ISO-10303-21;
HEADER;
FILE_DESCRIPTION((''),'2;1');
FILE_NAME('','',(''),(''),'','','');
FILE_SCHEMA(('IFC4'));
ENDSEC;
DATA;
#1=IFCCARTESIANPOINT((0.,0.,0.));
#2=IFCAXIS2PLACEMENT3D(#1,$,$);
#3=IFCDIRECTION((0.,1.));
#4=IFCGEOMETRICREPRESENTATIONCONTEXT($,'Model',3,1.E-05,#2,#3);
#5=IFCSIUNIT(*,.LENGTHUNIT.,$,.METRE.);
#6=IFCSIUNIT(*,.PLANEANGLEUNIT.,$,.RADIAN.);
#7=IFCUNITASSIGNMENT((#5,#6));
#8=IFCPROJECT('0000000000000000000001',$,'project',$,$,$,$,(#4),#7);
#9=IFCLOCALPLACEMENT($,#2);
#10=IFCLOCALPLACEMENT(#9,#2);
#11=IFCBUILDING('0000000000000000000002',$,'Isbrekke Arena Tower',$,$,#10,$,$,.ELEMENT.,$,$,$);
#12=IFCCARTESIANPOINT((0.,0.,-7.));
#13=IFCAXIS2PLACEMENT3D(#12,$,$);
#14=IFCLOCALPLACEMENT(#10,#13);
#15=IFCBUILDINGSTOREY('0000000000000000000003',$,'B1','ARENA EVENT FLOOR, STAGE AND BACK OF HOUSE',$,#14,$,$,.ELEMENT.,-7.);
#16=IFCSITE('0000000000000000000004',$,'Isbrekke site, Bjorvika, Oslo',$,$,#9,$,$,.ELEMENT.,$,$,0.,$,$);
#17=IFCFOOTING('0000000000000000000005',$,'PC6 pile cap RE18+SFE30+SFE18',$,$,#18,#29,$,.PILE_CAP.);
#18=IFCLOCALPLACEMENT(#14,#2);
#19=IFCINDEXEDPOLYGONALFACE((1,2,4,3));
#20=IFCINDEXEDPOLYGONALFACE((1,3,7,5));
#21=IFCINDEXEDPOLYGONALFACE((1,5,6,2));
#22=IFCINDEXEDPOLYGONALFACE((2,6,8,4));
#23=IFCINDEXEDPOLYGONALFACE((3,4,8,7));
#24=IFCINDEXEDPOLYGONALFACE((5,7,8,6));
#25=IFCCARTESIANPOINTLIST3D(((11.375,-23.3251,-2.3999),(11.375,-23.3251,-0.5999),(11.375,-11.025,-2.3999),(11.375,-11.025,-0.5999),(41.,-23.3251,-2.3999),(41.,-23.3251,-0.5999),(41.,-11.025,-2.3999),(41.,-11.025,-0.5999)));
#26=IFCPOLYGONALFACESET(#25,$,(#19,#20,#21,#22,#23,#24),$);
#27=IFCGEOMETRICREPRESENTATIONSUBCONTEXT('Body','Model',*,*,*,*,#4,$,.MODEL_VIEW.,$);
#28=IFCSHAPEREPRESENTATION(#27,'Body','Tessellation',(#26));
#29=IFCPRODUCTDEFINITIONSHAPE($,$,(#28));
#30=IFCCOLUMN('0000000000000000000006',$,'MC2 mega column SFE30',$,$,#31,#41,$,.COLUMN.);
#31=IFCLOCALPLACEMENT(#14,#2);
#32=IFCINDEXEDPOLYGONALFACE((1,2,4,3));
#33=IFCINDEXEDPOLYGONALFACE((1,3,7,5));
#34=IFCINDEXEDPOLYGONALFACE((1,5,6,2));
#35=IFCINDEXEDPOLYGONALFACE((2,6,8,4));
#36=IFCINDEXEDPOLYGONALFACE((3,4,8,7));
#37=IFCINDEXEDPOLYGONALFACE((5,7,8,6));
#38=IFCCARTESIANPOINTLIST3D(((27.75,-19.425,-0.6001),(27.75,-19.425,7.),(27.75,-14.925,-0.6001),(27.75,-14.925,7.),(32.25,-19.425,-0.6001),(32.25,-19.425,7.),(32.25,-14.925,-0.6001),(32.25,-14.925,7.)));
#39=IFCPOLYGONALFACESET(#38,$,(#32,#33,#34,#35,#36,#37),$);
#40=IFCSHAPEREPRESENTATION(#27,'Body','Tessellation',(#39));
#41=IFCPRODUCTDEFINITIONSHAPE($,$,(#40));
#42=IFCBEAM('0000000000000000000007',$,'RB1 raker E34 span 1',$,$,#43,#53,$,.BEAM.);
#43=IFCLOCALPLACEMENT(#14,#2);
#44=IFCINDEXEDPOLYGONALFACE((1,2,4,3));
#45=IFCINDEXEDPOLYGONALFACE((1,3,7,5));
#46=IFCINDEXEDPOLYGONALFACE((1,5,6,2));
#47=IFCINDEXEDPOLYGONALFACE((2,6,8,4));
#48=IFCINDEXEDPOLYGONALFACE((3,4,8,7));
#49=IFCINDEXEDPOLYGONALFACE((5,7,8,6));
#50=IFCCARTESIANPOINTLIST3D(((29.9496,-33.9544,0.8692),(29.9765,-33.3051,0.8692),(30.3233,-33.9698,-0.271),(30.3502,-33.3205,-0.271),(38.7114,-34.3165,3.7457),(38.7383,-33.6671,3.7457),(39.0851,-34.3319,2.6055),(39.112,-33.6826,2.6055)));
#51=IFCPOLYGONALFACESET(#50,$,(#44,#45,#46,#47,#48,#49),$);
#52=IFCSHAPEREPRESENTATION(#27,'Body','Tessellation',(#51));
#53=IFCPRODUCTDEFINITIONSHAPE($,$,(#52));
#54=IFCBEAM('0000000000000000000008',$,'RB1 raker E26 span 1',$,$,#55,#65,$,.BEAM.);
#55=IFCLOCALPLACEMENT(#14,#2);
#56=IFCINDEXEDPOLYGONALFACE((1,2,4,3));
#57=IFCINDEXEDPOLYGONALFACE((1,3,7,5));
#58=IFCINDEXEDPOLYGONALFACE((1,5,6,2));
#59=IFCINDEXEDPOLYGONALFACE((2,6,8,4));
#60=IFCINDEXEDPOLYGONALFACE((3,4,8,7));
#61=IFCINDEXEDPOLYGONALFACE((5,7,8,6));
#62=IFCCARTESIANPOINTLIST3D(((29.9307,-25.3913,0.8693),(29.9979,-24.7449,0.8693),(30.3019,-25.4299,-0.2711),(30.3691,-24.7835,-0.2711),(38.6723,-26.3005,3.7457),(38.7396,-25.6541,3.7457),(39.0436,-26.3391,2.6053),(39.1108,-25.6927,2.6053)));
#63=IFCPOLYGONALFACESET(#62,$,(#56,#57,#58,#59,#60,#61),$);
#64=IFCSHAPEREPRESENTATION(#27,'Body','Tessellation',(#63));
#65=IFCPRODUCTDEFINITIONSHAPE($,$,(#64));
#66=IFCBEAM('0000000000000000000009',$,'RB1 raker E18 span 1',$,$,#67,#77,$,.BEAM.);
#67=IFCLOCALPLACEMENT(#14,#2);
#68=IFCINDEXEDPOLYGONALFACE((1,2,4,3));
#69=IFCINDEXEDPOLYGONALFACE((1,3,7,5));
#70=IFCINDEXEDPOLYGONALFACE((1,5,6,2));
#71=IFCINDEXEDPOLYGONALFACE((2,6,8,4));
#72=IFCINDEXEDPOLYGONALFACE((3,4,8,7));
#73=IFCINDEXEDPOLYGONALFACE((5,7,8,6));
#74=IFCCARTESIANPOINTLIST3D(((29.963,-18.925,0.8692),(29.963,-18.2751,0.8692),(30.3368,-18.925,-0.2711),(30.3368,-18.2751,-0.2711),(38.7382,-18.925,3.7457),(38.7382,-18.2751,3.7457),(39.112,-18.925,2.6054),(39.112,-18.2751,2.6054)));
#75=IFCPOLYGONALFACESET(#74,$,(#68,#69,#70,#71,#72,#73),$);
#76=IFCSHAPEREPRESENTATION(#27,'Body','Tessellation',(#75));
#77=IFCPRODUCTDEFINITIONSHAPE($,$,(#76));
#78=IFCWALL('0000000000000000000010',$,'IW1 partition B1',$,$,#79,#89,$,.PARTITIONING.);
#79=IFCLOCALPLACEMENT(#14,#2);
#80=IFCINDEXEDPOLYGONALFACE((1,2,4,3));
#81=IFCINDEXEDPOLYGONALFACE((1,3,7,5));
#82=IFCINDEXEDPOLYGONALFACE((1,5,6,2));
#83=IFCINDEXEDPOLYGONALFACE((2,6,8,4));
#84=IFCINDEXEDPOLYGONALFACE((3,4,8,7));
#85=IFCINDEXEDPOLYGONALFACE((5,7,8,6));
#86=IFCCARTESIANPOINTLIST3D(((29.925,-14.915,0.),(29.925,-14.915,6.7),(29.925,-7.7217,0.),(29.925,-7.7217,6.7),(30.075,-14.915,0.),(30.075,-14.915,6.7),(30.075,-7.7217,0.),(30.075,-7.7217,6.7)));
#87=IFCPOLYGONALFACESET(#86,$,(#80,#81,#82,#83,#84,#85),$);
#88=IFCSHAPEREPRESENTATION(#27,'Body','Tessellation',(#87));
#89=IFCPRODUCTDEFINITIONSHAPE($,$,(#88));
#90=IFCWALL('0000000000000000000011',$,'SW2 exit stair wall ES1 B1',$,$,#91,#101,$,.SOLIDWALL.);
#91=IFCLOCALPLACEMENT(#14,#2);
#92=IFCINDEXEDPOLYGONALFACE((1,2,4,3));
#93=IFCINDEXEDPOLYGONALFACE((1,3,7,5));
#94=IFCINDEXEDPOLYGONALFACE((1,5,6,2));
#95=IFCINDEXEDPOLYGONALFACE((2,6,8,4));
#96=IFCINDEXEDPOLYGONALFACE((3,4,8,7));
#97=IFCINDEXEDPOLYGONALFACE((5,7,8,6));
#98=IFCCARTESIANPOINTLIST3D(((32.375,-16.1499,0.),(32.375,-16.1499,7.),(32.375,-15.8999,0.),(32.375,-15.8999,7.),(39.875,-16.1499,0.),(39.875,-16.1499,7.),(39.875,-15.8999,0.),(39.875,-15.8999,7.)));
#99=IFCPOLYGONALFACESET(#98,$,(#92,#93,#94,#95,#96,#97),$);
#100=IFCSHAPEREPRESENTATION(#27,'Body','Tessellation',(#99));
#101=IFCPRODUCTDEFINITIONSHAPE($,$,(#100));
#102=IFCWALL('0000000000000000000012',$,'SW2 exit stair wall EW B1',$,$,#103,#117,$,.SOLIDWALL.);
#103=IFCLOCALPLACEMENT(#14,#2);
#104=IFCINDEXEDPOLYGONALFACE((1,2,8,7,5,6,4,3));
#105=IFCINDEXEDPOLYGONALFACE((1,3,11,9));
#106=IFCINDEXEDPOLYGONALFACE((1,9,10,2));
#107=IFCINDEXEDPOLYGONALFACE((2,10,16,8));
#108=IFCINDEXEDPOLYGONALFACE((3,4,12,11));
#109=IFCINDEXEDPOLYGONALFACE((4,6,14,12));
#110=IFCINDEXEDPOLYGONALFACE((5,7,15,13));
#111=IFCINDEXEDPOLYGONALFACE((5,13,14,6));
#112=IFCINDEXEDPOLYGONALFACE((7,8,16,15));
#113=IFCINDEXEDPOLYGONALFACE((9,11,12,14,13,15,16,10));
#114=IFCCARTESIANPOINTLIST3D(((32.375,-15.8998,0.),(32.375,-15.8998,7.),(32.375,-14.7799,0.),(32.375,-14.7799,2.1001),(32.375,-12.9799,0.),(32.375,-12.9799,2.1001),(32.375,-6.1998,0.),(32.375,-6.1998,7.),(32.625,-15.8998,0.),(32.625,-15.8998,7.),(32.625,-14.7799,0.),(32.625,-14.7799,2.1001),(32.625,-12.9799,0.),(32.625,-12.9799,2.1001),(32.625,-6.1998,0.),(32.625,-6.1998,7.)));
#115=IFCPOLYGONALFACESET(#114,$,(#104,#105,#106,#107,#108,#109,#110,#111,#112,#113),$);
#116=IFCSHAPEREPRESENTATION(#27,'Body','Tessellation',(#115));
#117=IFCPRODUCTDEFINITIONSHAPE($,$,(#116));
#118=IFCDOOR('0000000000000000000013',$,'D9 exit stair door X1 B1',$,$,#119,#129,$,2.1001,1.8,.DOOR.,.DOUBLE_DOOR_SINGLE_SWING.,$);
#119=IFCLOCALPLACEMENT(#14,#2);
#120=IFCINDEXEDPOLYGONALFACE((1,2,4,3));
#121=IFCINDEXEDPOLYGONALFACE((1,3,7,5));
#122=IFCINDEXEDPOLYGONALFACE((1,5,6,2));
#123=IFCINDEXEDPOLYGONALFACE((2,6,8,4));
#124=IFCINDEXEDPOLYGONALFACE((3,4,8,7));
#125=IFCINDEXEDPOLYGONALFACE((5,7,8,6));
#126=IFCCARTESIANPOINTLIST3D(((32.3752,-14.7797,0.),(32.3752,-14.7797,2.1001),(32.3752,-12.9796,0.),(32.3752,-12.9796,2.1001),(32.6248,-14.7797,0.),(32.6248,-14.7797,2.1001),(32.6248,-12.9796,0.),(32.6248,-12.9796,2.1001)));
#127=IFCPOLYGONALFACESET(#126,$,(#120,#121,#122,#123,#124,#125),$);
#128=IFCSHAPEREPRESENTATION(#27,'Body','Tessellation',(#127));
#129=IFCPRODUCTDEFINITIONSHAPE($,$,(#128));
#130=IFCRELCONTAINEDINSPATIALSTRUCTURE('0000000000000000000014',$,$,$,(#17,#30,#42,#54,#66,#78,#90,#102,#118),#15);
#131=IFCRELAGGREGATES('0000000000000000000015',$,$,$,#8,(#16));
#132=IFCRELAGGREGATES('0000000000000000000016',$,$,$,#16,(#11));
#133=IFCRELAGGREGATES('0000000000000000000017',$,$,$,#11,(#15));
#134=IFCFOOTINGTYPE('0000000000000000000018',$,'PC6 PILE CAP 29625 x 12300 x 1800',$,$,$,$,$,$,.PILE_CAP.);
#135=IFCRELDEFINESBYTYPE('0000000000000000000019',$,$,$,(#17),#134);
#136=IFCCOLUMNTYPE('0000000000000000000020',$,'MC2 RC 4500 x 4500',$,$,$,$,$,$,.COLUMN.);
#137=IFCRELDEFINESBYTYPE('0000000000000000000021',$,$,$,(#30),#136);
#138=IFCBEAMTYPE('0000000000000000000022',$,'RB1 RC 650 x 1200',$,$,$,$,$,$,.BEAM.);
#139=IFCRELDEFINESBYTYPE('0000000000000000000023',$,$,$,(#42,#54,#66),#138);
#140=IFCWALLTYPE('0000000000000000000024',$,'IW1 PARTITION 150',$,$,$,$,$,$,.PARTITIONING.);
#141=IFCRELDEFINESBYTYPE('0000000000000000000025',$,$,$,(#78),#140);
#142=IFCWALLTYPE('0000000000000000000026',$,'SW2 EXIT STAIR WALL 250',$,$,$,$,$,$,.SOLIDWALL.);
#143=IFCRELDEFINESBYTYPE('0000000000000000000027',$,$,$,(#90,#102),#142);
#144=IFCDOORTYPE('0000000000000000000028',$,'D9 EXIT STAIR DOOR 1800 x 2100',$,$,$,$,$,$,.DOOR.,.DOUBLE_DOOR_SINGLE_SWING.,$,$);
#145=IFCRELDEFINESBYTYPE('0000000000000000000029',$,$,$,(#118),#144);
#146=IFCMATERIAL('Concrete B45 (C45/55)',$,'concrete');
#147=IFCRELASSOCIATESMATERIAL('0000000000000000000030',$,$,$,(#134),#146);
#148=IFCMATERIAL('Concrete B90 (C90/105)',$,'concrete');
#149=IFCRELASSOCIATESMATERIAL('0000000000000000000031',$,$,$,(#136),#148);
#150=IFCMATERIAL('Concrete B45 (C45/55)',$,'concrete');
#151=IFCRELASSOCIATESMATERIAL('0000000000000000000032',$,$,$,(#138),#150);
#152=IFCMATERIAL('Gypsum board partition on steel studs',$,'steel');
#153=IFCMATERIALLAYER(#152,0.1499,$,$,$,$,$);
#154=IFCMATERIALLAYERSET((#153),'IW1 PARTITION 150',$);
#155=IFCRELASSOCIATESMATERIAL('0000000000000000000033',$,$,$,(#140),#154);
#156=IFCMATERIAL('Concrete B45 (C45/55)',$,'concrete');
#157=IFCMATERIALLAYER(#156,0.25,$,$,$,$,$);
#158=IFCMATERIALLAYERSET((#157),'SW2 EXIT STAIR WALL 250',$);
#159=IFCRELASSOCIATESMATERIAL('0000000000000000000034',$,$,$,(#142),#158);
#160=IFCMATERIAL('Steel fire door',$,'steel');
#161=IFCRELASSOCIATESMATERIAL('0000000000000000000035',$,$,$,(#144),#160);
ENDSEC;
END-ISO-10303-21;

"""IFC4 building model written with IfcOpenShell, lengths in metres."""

from ifc_helpers import new_model, si_unit, direction, frame, frame_2d, origin, origin_2d, place, context, subcontext, project, spatial, rectangle, extrude, material, layer, layer_set, material_profile, profile_set, type_object, element, fill, save


model = new_model("IFC4")

# Units and contexts
model_context = context("Model", 3, precision=1e-05, world=origin(), true_north=direction((0.0, 1.0)))
body_context = subcontext(model_context, "Body", "Model", "MODEL_VIEW")
ifc_project = project(units=[si_unit("LENGTHUNIT", "METRE"), si_unit("PLANEANGLEUNIT", "RADIAN")], contexts=[model_context])

# Site, building, storey
site_placement = place(None, origin())
site = spatial("IfcSite", under=ifc_project, at=site_placement, Name="Isbrekke site, Bjorvika, Oslo", CompositionType="ELEMENT", RefElevation=0.0)
building_placement = place(site_placement, origin())
building = spatial("IfcBuilding", under=site, at=building_placement, Name="Isbrekke Arena Tower", CompositionType="ELEMENT")
storey_placement = place(building_placement, frame((0.0, 0.0, -7.0)))
storey = spatial("IfcBuildingStorey", under=building, at=storey_placement, Name="B1", Description="ARENA EVENT FLOOR, STAGE AND BACK OF HOUSE", CompositionType="ELEMENT", Elevation=-7.0)

# Footing
ifc_material_1 = material(Name="Concrete B45 (C45/55)", Category="concrete")
footing_type = type_object("IfcFootingType", Name="PC6 PILE CAP 29625 x 12300 x 1800", PredefinedType="PILE_CAP", material=ifc_material_1)
footing_placement = place(storey_placement, frame((26.1875, -17.175, -2.3999), z_axis=(0.0, 0.0, 1.0), x_axis=(1.0, 0.0, 0.0)))
element("IfcFooting", 1, at=footing_placement, inside=storey, type_object=footing_type, Name="PC6 pile cap RE18+SFE30+SFE18", PredefinedType="PILE_CAP", context=body_context, shape_type="SweptSolid", body=[
    extrude(rectangle(XDim=29.625, YDim=12.3, at=origin_2d()), origin(), (0.0, 0.0, 1.0), 1.8),
])

# Column
ifc_material_2 = material(Name="Concrete B90 (C90/105)", Category="concrete")
ifc_material_profile_1 = material_profile(ifc_material_2, rectangle(XDim=4.5, YDim=4.5, at=origin_2d()), Name="RC 4500x4500")
ifc_profile_set_1 = profile_set([ifc_material_profile_1], Name="Concrete B90 (C90/105)")
column_type = type_object("IfcColumnType", Name="MC2 RC 4500 x 4500", PredefinedType="COLUMN", material=ifc_profile_set_1)
column_placement = place(storey_placement, frame((30.0, -17.175, -0.6001), z_axis=(0.0, 0.0, 1.0), x_axis=(1.0, 0.0, 0.0)))
element("IfcColumn", 2, at=column_placement, inside=storey, type_object=column_type, Name="MC2 mega column SFE30", PredefinedType="COLUMN", context=body_context, shape_type="SweptSolid", body=[
    extrude(rectangle(XDim=4.5, YDim=4.5, at=origin_2d()), origin(), (0.0, 0.0, 1.0), 7.6001),
])

# Beams
ifc_material_3 = material(Name="Concrete B45 (C45/55)", Category="concrete")
ifc_material_profile_2 = material_profile(ifc_material_3, rectangle(XDim=0.6499, YDim=1.2, at=origin_2d()), Name="RC 650x1200")
ifc_profile_set_2 = profile_set([ifc_material_profile_2], Name="Concrete B45 (C45/55)")
beam_type = type_object("IfcBeamType", Name="RB1 RC 650 x 1200", PredefinedType="BEAM", material=ifc_profile_set_2)
beam_1_placement = place(storey_placement, frame((30.1499, -33.6375, 0.2991), z_axis=(0.949377, -0.039231, 0.31168), x_axis=(0.041288, 0.999147, 0.0)))
element("IfcBeam", 3, at=beam_1_placement, inside=storey, type_object=beam_type, Name="RB1 raker E34 span 1", PredefinedType="BEAM", context=body_context, shape_type="SweptSolid", body=[
    extrude(rectangle(XDim=0.6499, YDim=1.2, at=origin_2d()), origin(), (0.0, 0.0, 1.0), 9.229),
])
beam_2_placement = place(storey_placement, frame((30.1499, -25.0874, 0.2991), z_axis=(0.945295, -0.098315, 0.31105), x_axis=(0.103447, 0.994635, 0.0)))
element("IfcBeam", 4, at=beam_2_placement, inside=storey, type_object=beam_type, Name="RB1 raker E26 span 1", PredefinedType="BEAM", context=body_context, shape_type="SweptSolid", body=[
    extrude(rectangle(XDim=0.6499, YDim=1.2, at=origin_2d()), origin(), (0.0, 0.0, 1.0), 9.2476),
])
beam_3_placement = place(storey_placement, frame((30.1499, -18.6001, 0.2991), z_axis=(0.95025, 0.0, 0.311489), x_axis=(0.0, 1.0, 0.0)))
element("IfcBeam", 5, at=beam_3_placement, inside=storey, type_object=beam_type, Name="RB1 raker E18 span 1", PredefinedType="BEAM", context=body_context, shape_type="SweptSolid", body=[
    extrude(rectangle(XDim=0.6499, YDim=1.2, at=origin_2d()), origin(), (0.0, 0.0, 1.0), 9.2346),
])

# Walls
ifc_material_4 = material(Name="Gypsum board partition on steel studs", Category="steel")
ifc_layer_1 = layer(ifc_material_4, 0.1499)
ifc_layer_set_1 = layer_set([ifc_layer_1], Name="IW1 PARTITION 150")
wall_type_1 = type_object("IfcWallType", Name="IW1 PARTITION 150", PredefinedType="PARTITIONING", material=ifc_layer_set_1)
wall_1_placement = place(storey_placement, frame((30.0, -14.915, 0.0), z_axis=(0.0, 0.0, 1.0), x_axis=(0.0, 1.0, 0.0)))
element("IfcWall", 6, at=wall_1_placement, inside=storey, type_object=wall_type_1, Name="IW1 partition B1", PredefinedType="PARTITIONING", context=body_context, shape_type="SweptSolid", body=[
    extrude(rectangle(XDim=7.1934, YDim=0.1499, at=frame_2d((3.5967, 0.0))), origin(), (0.0, 0.0, 1.0), 6.7),
])
ifc_material_5 = material(Name="Concrete B45 (C45/55)", Category="concrete")
ifc_layer_2 = layer(ifc_material_5, 0.25)
ifc_layer_set_2 = layer_set([ifc_layer_2], Name="SW2 EXIT STAIR WALL 250")
wall_type_2 = type_object("IfcWallType", Name="SW2 EXIT STAIR WALL 250", PredefinedType="SOLIDWALL", material=ifc_layer_set_2)
wall_2_placement = place(storey_placement, frame((32.375, -16.0249, 0.0), z_axis=(0.0, 0.0, 1.0), x_axis=(1.0, 0.0, 0.0)))
element("IfcWall", 7, at=wall_2_placement, inside=storey, type_object=wall_type_2, Name="SW2 exit stair wall ES1 B1", PredefinedType="SOLIDWALL", context=body_context, shape_type="SweptSolid", body=[
    extrude(rectangle(XDim=7.5, YDim=0.25, at=frame_2d((3.75, 0.0))), origin(), (0.0, 0.0, 1.0), 7.0),
])

# Wall, opening, door
wall_3_placement = place(storey_placement, frame((32.5, -15.8999, 0.0), z_axis=(0.0, 0.0, 1.0), x_axis=(0.0, 1.0, 0.0)))
wall_3 = element("IfcWall", 8, at=wall_3_placement, inside=storey, type_object=wall_type_2, Name="SW2 exit stair wall EW B1", PredefinedType="SOLIDWALL", context=body_context, shape_type="SweptSolid", body=[
    extrude(rectangle(XDim=9.7, YDim=0.25, at=frame_2d((4.8501, 0.0))), origin(), (0.0, 0.0, 1.0), 7.0),
])
opening_placement = place(wall_3_placement, frame((1.1201, 0.0, 0.0)))
opening = element("IfcOpeningElement", 9, at=opening_placement, cuts=wall_3, PredefinedType="OPENING", context=body_context, shape_type="SweptSolid", body=[
    extrude(rectangle(XDim=1.8, YDim=2.1001, at=frame_2d((0.8999, 1.05))), frame((0.0, 0.1399, 0.0), z_axis=(0.0, -1.0, 0.0), x_axis=(1.0, 0.0, 0.0)), (0.0, 0.0, 1.0), 0.2798),
])
ifc_material_6 = material(Name="Steel fire door", Category="steel")
door_type = type_object("IfcDoorType", Name="D9 EXIT STAIR DOOR 1800 x 2100", OperationType="DOUBLE_DOOR_SINGLE_SWING", PredefinedType="DOOR", material=ifc_material_6)
door_placement = place(opening_placement, frame((1.8, 0.0, 0.0), z_axis=(0.0, 0.0, 1.0), x_axis=(-1.0, 0.0, 0.0)))
door = element("IfcDoor", 10, at=door_placement, inside=storey, type_object=door_type, Name="D9 exit stair door X1 B1", OperationType="DOUBLE_DOOR_SINGLE_SWING", OverallHeight=2.1001, OverallWidth=1.8, PredefinedType="DOOR", context=body_context, shape_type="SweptSolid", body=[
    extrude(rectangle(XDim=1.8, YDim=2.1001, at=frame_2d((0.8999, 1.05))), frame((0.0, 0.1248, 0.0), z_axis=(0.0, -1.0, 0.0), x_axis=(1.0, 0.0, 0.0)), (0.0, 0.0, 1.0), 0.2495),
])
fill(opening, door)

save(model, "model.ifc")
